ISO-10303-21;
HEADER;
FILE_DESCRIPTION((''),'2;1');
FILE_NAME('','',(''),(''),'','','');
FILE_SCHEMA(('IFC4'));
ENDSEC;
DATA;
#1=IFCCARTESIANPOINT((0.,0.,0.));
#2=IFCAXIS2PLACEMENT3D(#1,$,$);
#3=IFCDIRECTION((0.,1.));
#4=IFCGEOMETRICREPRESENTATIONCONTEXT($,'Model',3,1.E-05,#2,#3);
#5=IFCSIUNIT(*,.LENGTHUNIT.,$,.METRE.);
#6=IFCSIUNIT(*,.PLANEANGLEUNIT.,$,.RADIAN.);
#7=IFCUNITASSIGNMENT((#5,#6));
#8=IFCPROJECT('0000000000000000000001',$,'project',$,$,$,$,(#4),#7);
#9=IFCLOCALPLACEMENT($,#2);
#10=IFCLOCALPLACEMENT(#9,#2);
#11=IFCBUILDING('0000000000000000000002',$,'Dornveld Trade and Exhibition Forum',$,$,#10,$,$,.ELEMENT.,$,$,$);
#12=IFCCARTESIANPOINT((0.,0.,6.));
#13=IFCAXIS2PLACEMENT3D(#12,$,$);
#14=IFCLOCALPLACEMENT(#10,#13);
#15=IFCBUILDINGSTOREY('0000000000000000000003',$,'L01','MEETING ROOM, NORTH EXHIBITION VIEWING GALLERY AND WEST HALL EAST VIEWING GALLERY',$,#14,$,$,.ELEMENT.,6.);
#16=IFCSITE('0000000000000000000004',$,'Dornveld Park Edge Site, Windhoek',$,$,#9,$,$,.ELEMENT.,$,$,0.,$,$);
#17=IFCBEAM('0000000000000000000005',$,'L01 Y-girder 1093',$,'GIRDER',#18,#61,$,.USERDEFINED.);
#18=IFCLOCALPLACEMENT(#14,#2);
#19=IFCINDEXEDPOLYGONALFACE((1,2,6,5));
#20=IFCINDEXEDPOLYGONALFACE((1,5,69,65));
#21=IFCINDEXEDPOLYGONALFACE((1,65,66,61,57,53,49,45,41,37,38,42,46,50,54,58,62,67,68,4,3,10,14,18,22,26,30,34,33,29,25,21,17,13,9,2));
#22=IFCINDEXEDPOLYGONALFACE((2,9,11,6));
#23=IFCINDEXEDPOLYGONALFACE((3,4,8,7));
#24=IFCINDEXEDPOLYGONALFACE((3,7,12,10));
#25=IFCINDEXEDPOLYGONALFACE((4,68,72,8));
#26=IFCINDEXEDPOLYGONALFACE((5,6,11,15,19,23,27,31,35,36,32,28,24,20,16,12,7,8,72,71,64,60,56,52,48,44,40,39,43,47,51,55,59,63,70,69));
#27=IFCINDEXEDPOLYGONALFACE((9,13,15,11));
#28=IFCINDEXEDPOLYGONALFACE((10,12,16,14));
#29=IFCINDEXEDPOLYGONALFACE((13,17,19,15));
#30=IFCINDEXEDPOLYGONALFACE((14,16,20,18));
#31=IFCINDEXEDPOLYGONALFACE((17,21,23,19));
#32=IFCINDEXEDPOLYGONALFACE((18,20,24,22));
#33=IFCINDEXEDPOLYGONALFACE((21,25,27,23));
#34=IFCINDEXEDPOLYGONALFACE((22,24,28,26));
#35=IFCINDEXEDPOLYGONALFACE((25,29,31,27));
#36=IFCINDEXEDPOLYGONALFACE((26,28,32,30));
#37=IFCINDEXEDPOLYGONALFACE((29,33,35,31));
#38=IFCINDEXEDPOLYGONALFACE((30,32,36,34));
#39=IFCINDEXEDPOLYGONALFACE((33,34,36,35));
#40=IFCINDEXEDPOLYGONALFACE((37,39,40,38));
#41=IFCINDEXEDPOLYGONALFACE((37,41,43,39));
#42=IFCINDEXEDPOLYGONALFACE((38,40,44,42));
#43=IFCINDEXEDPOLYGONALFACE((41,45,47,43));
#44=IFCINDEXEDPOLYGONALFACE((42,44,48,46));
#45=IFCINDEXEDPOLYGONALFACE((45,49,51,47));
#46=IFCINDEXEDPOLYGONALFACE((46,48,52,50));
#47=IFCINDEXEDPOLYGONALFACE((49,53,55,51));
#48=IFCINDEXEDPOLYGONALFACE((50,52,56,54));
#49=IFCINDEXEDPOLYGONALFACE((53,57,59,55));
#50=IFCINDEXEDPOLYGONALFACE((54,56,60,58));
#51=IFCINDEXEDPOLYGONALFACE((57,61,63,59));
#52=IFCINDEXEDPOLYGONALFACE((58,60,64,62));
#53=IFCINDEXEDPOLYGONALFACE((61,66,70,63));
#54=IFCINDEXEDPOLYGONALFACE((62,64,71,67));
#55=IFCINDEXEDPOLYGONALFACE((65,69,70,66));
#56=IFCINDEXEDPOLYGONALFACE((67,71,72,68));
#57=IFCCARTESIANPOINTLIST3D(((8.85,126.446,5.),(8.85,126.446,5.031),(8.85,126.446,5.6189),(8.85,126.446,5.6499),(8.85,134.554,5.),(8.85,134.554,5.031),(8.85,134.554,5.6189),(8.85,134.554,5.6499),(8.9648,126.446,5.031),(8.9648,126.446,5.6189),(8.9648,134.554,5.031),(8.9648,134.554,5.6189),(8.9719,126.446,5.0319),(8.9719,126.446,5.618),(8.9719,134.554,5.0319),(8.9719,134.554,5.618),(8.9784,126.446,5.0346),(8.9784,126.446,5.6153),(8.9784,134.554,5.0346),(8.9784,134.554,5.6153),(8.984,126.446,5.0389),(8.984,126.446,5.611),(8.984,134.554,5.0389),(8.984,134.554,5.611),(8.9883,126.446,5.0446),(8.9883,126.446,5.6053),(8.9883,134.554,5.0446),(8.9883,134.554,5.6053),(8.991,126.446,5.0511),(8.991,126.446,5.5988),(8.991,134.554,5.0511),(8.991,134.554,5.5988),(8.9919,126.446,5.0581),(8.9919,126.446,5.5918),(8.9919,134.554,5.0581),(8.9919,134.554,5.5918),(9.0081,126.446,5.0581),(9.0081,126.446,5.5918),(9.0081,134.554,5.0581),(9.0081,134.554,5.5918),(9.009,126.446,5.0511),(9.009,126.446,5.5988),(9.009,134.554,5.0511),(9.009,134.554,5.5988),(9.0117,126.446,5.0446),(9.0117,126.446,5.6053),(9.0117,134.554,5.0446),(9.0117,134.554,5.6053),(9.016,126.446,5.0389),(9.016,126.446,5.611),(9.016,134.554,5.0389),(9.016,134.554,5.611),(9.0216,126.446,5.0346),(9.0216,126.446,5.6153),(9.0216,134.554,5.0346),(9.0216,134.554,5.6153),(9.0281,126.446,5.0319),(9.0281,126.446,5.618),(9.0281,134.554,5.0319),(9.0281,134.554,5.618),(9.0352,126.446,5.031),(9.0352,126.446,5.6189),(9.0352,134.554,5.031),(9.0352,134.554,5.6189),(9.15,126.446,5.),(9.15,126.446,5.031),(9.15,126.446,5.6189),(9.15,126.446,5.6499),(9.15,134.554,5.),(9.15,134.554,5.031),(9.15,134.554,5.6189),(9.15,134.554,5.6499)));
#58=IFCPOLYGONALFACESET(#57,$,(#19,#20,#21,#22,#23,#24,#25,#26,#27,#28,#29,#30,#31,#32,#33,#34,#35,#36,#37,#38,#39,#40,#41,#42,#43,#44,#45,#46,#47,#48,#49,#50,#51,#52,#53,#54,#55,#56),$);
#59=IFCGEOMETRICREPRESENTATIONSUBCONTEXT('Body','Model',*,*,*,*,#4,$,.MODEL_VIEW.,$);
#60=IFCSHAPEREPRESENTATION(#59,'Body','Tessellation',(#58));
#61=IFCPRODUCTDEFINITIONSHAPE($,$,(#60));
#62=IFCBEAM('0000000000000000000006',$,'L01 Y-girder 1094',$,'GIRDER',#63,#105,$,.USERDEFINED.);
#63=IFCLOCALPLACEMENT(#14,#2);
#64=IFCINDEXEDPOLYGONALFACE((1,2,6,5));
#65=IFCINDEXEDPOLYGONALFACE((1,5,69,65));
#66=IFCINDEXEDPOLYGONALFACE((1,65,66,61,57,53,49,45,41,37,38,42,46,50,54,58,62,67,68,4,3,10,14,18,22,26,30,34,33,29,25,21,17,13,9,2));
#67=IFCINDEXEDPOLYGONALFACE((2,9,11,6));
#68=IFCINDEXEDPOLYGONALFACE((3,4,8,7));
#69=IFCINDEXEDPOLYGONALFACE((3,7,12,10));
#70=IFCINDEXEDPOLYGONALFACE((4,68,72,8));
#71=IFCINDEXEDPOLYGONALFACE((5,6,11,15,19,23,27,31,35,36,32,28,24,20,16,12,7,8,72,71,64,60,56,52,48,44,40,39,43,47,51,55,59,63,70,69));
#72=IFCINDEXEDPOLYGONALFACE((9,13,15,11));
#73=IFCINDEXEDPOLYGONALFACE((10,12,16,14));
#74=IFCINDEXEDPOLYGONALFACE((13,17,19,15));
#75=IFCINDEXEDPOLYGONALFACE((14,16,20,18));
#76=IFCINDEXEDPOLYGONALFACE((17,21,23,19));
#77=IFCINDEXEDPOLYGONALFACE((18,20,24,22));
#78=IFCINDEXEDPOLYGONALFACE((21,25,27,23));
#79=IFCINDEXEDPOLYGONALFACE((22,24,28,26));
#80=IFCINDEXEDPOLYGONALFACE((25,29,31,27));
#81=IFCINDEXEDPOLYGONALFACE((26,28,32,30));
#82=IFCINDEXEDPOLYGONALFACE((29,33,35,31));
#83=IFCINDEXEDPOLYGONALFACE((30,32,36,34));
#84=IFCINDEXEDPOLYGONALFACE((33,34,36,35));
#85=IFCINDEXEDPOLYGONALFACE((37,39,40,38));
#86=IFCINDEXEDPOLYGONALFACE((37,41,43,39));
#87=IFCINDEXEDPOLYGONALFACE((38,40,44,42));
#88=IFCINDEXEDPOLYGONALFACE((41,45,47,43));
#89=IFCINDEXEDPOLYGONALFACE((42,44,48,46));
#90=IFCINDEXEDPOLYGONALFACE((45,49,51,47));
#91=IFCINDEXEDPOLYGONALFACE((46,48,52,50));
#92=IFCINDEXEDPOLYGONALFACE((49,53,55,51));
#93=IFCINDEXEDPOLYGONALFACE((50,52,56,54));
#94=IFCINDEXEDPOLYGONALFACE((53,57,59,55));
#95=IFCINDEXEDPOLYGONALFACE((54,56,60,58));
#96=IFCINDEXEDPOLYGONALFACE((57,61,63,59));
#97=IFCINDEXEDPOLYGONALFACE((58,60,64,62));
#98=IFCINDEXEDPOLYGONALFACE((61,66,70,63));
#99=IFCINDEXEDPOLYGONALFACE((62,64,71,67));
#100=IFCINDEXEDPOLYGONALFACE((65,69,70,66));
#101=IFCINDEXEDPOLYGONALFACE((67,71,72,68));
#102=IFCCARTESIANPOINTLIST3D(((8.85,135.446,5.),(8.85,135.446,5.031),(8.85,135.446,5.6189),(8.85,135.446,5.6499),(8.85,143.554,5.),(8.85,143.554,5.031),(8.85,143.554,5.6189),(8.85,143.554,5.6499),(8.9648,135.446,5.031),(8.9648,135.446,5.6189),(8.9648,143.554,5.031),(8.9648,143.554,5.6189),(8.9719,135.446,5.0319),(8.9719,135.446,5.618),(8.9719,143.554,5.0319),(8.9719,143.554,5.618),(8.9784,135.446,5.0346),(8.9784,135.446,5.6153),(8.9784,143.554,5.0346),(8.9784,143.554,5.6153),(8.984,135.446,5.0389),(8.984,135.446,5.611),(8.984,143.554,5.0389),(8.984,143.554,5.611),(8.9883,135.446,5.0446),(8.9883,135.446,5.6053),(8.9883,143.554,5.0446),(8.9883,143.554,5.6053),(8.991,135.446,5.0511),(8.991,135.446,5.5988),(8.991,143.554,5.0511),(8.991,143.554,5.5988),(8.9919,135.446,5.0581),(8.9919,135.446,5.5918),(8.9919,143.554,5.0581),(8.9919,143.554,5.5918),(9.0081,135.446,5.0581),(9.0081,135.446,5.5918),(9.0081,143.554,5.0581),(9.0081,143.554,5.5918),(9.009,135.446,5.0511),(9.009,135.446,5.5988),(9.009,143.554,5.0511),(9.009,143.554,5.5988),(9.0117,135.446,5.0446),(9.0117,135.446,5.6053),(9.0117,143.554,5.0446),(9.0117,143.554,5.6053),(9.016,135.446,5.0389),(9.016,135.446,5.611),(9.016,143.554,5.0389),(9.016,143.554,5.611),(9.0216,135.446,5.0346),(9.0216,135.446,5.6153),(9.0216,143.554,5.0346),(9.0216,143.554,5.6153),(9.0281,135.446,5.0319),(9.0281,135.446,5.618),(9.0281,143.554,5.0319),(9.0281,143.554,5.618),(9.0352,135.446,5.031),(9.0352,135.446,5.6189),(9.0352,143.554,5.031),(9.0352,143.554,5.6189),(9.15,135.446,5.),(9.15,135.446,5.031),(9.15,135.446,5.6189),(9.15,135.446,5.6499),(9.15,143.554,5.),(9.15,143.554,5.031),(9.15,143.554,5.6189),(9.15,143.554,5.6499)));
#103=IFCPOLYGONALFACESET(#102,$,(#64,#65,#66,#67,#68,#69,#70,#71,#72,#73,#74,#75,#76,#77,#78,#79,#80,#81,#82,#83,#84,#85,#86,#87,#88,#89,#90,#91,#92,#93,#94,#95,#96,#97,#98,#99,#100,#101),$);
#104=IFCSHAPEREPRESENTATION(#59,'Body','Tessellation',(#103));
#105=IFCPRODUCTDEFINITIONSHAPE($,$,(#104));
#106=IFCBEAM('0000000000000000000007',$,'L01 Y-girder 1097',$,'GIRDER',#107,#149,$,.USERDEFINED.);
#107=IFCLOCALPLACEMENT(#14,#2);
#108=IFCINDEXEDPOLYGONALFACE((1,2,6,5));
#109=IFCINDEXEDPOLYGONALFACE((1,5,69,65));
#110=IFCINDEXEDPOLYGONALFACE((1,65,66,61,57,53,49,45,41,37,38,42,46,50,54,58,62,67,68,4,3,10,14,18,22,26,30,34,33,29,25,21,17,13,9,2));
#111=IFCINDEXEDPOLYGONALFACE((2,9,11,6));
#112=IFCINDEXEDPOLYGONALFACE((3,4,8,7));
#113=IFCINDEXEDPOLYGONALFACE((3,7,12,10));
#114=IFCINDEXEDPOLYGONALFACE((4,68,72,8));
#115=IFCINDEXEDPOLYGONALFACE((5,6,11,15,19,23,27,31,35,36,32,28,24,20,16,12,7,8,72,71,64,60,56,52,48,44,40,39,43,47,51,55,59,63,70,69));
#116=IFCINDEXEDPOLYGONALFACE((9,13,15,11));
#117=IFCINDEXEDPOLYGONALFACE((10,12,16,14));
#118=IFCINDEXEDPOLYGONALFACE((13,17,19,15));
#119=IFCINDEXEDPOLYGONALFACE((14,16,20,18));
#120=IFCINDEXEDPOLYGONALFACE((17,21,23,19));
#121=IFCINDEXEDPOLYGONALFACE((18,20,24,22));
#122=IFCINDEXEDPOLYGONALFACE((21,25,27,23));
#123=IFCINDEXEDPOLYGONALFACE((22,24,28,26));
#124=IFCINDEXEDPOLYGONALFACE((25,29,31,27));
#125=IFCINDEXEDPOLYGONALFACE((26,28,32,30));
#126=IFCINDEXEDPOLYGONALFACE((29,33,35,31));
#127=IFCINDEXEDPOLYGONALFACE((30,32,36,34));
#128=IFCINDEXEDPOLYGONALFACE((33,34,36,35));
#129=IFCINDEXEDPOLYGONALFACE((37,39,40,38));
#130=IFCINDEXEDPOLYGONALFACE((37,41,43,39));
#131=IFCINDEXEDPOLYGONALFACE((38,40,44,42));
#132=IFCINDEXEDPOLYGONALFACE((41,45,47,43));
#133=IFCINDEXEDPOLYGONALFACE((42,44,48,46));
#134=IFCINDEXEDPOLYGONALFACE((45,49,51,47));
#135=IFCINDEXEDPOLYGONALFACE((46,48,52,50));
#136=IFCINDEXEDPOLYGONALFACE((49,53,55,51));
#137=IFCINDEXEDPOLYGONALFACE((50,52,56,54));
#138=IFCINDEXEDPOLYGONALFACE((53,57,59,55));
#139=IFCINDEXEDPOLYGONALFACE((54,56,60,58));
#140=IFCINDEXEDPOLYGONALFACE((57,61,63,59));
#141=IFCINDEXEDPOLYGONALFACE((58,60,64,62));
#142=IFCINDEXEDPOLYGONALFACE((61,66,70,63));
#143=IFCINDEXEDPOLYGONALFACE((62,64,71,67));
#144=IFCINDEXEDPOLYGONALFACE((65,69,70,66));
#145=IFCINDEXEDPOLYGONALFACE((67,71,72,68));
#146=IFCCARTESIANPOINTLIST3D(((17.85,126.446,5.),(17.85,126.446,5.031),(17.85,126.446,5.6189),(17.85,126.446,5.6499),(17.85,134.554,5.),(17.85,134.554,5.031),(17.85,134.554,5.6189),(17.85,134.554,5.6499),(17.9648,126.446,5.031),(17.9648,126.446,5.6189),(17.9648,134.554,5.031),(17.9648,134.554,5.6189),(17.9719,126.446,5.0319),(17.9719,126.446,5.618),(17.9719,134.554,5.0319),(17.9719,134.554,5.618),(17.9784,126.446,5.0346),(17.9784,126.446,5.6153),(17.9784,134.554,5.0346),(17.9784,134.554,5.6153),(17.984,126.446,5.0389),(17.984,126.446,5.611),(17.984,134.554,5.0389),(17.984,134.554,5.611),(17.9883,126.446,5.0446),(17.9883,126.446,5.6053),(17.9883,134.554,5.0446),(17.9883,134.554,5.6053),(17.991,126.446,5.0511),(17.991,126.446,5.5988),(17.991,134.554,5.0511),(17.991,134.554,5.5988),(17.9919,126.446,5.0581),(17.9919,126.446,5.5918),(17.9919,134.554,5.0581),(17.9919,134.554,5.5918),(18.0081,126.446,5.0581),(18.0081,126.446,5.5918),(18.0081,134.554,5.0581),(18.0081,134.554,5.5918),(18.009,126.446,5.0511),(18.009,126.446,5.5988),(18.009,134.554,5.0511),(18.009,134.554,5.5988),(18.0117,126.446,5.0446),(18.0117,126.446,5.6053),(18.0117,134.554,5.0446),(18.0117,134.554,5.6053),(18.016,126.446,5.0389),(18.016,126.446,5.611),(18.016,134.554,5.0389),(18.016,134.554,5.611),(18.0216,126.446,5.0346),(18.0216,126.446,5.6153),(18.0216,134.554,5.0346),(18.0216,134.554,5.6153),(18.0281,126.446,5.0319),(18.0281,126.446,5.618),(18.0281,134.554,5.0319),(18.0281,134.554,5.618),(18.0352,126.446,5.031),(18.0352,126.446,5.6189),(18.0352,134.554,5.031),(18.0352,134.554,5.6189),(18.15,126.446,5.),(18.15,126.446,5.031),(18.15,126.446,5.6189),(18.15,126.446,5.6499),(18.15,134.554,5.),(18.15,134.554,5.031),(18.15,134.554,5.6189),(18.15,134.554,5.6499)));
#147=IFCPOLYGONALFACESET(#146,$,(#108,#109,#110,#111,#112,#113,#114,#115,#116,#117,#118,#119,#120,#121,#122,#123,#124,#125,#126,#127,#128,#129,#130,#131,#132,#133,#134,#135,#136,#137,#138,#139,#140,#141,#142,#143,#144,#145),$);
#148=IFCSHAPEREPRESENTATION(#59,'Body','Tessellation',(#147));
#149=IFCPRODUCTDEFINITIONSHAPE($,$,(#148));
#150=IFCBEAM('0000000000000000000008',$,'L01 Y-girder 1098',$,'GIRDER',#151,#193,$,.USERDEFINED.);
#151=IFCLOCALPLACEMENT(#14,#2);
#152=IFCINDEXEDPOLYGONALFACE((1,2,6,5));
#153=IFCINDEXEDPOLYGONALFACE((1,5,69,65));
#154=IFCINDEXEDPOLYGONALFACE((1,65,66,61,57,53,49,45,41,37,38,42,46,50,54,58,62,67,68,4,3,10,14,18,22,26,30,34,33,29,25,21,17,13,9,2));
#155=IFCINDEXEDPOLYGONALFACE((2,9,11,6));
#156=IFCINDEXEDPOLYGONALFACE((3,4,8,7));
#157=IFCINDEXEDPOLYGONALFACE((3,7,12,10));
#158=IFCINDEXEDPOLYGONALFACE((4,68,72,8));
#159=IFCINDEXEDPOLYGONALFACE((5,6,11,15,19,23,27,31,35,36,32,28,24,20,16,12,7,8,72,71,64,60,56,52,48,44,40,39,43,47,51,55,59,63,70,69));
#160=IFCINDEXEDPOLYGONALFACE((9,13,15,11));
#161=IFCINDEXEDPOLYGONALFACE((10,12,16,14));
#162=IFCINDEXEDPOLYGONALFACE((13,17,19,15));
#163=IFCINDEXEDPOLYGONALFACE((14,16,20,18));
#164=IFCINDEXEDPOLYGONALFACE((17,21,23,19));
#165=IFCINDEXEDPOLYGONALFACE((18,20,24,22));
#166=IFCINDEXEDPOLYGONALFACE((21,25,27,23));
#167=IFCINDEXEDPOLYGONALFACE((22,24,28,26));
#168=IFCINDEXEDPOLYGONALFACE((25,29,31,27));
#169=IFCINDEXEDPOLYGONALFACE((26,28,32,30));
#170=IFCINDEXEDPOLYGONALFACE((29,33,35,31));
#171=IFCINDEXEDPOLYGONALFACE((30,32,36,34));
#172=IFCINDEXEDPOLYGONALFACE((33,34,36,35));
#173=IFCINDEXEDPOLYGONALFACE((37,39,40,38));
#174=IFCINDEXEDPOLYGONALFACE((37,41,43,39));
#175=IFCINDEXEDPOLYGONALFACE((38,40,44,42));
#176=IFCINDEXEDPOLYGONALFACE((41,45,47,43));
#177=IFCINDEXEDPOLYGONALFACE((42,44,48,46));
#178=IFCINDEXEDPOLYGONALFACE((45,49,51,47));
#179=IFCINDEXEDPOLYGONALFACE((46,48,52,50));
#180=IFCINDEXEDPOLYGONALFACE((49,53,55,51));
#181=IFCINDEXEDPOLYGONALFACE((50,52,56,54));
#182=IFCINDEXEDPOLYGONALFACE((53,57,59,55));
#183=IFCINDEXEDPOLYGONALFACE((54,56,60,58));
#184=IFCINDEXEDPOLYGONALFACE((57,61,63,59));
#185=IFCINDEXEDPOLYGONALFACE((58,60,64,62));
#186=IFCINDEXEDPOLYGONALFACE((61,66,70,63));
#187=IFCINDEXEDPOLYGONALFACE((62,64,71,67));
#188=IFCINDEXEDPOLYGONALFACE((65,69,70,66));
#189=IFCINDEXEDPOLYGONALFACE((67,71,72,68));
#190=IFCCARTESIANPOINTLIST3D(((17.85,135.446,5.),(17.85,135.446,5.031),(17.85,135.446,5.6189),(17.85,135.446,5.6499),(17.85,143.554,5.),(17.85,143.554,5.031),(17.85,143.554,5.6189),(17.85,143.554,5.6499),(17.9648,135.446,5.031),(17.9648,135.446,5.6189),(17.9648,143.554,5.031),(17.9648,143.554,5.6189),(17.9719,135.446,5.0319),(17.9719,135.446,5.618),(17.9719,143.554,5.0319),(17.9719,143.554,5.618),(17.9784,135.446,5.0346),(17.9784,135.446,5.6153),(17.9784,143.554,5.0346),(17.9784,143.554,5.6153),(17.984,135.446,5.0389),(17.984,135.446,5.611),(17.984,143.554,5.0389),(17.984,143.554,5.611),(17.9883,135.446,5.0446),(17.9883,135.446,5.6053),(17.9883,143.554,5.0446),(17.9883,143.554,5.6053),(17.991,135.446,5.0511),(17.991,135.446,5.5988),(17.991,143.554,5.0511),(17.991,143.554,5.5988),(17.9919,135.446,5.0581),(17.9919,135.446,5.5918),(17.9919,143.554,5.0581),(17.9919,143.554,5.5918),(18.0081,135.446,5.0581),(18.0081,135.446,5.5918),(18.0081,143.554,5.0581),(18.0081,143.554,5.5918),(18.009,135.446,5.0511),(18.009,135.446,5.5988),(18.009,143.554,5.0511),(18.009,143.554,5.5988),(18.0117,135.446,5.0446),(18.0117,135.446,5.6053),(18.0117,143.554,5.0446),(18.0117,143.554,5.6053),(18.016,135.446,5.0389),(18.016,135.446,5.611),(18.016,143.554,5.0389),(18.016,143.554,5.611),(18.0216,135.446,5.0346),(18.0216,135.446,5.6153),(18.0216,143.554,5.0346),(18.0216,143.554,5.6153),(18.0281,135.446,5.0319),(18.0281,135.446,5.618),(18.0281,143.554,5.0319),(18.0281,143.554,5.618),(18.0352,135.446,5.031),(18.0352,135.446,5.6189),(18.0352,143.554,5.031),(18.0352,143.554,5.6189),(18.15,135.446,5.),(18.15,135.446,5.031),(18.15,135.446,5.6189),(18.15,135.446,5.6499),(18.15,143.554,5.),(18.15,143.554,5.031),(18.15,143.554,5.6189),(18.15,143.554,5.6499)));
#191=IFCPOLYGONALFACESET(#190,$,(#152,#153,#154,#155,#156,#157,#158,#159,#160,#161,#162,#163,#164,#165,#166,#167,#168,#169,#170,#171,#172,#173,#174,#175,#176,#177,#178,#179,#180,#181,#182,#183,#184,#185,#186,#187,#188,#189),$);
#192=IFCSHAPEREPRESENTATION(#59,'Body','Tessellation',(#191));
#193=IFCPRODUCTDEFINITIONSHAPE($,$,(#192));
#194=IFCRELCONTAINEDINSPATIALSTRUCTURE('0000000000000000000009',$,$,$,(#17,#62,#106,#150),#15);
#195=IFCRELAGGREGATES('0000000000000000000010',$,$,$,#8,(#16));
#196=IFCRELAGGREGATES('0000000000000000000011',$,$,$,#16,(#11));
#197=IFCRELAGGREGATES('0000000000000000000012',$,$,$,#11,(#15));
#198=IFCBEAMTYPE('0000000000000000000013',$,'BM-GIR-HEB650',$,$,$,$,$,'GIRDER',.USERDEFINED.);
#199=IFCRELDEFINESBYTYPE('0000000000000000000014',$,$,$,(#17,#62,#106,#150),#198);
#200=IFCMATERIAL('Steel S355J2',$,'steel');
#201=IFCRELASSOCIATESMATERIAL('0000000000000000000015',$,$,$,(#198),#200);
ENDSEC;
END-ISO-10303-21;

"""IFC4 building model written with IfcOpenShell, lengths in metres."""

from ifc_helpers import new_model, si_unit, direction, frame, origin, origin_2d, place, context, subcontext, project, spatial, i_section, extrude, material, material_profile, profile_set, type_object, element, save


model = new_model("IFC4")

# Units and contexts
model_context = context("Model", 3, precision=1e-05, world=origin(), true_north=direction((0.0, 1.0)))
body_context = subcontext(model_context, "Body", "Model", "MODEL_VIEW")
ifc_project = project(units=[si_unit("LENGTHUNIT", "METRE"), si_unit("PLANEANGLEUNIT", "RADIAN")], contexts=[model_context])

# Site, building, storey
site_placement = place(None, origin())
site = spatial("IfcSite", under=ifc_project, at=site_placement, Name="Dornveld Park Edge Site, Windhoek", CompositionType="ELEMENT", RefElevation=0.0)
building_placement = place(site_placement, origin())
building = spatial("IfcBuilding", under=site, at=building_placement, Name="Dornveld Trade and Exhibition Forum", CompositionType="ELEMENT")
storey_placement = place(building_placement, frame((0.0, 0.0, 6.0)))
storey = spatial("IfcBuildingStorey", under=building, at=storey_placement, Name="L01", Description="MEETING ROOM, NORTH EXHIBITION VIEWING GALLERY AND WEST HALL EAST VIEWING GALLERY", CompositionType="ELEMENT", Elevation=6.0)

# Beams
ifc_material_1 = material(Name="Steel S355J2", Category="steel")
ifc_material_profile_1 = material_profile(ifc_material_1, i_section(OverallWidth=0.3, OverallDepth=0.6499, WebThickness=0.0161, FlangeThickness=0.031, FilletRadius=0.0271, at=origin_2d()), Name="HEB 650")
ifc_profile_set_1 = profile_set([ifc_material_profile_1], Name="Steel S355J2")
beam_type_1 = type_object("IfcBeamType", Name="BM-GIR-HEB650", ElementType="GIRDER", PredefinedType="USERDEFINED", material=ifc_profile_set_1)
for number, where, z_axis, x_axis, name in (
    (1, (9.0, 126.446, 5.325), (0.0, 1.0, 0.0), (-1.0, 0.0, 0.0), "L01 Y-girder 1093"),
    (2, (9.0, 135.446, 5.325), (0.0, 1.0, 0.0), (-1.0, 0.0, 0.0), "L01 Y-girder 1094"),
    (3, (18.0, 126.446, 5.325), (0.0, 1.0, 0.0), (-1.0, 0.0, 0.0), "L01 Y-girder 1097"),
    (4, (18.0, 135.446, 5.325), (0.0, 1.0, 0.0), (-1.0, 0.0, 0.0), "L01 Y-girder 1098"),
):
    element("IfcBeam", number, at=place(storey_placement, frame(where, z_axis=z_axis, x_axis=x_axis)), inside=storey, type_object=beam_type_1, Name=name, ObjectType="GIRDER", PredefinedType="USERDEFINED", context=body_context, shape_type="SweptSolid", body=[
        extrude(i_section(OverallWidth=0.3, OverallDepth=0.6499, WebThickness=0.0161, FlangeThickness=0.031, FilletRadius=0.0271, at=origin_2d()), origin(), (0.0, 0.0, 1.0), 8.1079),
    ])

save(model, "model.ifc")
